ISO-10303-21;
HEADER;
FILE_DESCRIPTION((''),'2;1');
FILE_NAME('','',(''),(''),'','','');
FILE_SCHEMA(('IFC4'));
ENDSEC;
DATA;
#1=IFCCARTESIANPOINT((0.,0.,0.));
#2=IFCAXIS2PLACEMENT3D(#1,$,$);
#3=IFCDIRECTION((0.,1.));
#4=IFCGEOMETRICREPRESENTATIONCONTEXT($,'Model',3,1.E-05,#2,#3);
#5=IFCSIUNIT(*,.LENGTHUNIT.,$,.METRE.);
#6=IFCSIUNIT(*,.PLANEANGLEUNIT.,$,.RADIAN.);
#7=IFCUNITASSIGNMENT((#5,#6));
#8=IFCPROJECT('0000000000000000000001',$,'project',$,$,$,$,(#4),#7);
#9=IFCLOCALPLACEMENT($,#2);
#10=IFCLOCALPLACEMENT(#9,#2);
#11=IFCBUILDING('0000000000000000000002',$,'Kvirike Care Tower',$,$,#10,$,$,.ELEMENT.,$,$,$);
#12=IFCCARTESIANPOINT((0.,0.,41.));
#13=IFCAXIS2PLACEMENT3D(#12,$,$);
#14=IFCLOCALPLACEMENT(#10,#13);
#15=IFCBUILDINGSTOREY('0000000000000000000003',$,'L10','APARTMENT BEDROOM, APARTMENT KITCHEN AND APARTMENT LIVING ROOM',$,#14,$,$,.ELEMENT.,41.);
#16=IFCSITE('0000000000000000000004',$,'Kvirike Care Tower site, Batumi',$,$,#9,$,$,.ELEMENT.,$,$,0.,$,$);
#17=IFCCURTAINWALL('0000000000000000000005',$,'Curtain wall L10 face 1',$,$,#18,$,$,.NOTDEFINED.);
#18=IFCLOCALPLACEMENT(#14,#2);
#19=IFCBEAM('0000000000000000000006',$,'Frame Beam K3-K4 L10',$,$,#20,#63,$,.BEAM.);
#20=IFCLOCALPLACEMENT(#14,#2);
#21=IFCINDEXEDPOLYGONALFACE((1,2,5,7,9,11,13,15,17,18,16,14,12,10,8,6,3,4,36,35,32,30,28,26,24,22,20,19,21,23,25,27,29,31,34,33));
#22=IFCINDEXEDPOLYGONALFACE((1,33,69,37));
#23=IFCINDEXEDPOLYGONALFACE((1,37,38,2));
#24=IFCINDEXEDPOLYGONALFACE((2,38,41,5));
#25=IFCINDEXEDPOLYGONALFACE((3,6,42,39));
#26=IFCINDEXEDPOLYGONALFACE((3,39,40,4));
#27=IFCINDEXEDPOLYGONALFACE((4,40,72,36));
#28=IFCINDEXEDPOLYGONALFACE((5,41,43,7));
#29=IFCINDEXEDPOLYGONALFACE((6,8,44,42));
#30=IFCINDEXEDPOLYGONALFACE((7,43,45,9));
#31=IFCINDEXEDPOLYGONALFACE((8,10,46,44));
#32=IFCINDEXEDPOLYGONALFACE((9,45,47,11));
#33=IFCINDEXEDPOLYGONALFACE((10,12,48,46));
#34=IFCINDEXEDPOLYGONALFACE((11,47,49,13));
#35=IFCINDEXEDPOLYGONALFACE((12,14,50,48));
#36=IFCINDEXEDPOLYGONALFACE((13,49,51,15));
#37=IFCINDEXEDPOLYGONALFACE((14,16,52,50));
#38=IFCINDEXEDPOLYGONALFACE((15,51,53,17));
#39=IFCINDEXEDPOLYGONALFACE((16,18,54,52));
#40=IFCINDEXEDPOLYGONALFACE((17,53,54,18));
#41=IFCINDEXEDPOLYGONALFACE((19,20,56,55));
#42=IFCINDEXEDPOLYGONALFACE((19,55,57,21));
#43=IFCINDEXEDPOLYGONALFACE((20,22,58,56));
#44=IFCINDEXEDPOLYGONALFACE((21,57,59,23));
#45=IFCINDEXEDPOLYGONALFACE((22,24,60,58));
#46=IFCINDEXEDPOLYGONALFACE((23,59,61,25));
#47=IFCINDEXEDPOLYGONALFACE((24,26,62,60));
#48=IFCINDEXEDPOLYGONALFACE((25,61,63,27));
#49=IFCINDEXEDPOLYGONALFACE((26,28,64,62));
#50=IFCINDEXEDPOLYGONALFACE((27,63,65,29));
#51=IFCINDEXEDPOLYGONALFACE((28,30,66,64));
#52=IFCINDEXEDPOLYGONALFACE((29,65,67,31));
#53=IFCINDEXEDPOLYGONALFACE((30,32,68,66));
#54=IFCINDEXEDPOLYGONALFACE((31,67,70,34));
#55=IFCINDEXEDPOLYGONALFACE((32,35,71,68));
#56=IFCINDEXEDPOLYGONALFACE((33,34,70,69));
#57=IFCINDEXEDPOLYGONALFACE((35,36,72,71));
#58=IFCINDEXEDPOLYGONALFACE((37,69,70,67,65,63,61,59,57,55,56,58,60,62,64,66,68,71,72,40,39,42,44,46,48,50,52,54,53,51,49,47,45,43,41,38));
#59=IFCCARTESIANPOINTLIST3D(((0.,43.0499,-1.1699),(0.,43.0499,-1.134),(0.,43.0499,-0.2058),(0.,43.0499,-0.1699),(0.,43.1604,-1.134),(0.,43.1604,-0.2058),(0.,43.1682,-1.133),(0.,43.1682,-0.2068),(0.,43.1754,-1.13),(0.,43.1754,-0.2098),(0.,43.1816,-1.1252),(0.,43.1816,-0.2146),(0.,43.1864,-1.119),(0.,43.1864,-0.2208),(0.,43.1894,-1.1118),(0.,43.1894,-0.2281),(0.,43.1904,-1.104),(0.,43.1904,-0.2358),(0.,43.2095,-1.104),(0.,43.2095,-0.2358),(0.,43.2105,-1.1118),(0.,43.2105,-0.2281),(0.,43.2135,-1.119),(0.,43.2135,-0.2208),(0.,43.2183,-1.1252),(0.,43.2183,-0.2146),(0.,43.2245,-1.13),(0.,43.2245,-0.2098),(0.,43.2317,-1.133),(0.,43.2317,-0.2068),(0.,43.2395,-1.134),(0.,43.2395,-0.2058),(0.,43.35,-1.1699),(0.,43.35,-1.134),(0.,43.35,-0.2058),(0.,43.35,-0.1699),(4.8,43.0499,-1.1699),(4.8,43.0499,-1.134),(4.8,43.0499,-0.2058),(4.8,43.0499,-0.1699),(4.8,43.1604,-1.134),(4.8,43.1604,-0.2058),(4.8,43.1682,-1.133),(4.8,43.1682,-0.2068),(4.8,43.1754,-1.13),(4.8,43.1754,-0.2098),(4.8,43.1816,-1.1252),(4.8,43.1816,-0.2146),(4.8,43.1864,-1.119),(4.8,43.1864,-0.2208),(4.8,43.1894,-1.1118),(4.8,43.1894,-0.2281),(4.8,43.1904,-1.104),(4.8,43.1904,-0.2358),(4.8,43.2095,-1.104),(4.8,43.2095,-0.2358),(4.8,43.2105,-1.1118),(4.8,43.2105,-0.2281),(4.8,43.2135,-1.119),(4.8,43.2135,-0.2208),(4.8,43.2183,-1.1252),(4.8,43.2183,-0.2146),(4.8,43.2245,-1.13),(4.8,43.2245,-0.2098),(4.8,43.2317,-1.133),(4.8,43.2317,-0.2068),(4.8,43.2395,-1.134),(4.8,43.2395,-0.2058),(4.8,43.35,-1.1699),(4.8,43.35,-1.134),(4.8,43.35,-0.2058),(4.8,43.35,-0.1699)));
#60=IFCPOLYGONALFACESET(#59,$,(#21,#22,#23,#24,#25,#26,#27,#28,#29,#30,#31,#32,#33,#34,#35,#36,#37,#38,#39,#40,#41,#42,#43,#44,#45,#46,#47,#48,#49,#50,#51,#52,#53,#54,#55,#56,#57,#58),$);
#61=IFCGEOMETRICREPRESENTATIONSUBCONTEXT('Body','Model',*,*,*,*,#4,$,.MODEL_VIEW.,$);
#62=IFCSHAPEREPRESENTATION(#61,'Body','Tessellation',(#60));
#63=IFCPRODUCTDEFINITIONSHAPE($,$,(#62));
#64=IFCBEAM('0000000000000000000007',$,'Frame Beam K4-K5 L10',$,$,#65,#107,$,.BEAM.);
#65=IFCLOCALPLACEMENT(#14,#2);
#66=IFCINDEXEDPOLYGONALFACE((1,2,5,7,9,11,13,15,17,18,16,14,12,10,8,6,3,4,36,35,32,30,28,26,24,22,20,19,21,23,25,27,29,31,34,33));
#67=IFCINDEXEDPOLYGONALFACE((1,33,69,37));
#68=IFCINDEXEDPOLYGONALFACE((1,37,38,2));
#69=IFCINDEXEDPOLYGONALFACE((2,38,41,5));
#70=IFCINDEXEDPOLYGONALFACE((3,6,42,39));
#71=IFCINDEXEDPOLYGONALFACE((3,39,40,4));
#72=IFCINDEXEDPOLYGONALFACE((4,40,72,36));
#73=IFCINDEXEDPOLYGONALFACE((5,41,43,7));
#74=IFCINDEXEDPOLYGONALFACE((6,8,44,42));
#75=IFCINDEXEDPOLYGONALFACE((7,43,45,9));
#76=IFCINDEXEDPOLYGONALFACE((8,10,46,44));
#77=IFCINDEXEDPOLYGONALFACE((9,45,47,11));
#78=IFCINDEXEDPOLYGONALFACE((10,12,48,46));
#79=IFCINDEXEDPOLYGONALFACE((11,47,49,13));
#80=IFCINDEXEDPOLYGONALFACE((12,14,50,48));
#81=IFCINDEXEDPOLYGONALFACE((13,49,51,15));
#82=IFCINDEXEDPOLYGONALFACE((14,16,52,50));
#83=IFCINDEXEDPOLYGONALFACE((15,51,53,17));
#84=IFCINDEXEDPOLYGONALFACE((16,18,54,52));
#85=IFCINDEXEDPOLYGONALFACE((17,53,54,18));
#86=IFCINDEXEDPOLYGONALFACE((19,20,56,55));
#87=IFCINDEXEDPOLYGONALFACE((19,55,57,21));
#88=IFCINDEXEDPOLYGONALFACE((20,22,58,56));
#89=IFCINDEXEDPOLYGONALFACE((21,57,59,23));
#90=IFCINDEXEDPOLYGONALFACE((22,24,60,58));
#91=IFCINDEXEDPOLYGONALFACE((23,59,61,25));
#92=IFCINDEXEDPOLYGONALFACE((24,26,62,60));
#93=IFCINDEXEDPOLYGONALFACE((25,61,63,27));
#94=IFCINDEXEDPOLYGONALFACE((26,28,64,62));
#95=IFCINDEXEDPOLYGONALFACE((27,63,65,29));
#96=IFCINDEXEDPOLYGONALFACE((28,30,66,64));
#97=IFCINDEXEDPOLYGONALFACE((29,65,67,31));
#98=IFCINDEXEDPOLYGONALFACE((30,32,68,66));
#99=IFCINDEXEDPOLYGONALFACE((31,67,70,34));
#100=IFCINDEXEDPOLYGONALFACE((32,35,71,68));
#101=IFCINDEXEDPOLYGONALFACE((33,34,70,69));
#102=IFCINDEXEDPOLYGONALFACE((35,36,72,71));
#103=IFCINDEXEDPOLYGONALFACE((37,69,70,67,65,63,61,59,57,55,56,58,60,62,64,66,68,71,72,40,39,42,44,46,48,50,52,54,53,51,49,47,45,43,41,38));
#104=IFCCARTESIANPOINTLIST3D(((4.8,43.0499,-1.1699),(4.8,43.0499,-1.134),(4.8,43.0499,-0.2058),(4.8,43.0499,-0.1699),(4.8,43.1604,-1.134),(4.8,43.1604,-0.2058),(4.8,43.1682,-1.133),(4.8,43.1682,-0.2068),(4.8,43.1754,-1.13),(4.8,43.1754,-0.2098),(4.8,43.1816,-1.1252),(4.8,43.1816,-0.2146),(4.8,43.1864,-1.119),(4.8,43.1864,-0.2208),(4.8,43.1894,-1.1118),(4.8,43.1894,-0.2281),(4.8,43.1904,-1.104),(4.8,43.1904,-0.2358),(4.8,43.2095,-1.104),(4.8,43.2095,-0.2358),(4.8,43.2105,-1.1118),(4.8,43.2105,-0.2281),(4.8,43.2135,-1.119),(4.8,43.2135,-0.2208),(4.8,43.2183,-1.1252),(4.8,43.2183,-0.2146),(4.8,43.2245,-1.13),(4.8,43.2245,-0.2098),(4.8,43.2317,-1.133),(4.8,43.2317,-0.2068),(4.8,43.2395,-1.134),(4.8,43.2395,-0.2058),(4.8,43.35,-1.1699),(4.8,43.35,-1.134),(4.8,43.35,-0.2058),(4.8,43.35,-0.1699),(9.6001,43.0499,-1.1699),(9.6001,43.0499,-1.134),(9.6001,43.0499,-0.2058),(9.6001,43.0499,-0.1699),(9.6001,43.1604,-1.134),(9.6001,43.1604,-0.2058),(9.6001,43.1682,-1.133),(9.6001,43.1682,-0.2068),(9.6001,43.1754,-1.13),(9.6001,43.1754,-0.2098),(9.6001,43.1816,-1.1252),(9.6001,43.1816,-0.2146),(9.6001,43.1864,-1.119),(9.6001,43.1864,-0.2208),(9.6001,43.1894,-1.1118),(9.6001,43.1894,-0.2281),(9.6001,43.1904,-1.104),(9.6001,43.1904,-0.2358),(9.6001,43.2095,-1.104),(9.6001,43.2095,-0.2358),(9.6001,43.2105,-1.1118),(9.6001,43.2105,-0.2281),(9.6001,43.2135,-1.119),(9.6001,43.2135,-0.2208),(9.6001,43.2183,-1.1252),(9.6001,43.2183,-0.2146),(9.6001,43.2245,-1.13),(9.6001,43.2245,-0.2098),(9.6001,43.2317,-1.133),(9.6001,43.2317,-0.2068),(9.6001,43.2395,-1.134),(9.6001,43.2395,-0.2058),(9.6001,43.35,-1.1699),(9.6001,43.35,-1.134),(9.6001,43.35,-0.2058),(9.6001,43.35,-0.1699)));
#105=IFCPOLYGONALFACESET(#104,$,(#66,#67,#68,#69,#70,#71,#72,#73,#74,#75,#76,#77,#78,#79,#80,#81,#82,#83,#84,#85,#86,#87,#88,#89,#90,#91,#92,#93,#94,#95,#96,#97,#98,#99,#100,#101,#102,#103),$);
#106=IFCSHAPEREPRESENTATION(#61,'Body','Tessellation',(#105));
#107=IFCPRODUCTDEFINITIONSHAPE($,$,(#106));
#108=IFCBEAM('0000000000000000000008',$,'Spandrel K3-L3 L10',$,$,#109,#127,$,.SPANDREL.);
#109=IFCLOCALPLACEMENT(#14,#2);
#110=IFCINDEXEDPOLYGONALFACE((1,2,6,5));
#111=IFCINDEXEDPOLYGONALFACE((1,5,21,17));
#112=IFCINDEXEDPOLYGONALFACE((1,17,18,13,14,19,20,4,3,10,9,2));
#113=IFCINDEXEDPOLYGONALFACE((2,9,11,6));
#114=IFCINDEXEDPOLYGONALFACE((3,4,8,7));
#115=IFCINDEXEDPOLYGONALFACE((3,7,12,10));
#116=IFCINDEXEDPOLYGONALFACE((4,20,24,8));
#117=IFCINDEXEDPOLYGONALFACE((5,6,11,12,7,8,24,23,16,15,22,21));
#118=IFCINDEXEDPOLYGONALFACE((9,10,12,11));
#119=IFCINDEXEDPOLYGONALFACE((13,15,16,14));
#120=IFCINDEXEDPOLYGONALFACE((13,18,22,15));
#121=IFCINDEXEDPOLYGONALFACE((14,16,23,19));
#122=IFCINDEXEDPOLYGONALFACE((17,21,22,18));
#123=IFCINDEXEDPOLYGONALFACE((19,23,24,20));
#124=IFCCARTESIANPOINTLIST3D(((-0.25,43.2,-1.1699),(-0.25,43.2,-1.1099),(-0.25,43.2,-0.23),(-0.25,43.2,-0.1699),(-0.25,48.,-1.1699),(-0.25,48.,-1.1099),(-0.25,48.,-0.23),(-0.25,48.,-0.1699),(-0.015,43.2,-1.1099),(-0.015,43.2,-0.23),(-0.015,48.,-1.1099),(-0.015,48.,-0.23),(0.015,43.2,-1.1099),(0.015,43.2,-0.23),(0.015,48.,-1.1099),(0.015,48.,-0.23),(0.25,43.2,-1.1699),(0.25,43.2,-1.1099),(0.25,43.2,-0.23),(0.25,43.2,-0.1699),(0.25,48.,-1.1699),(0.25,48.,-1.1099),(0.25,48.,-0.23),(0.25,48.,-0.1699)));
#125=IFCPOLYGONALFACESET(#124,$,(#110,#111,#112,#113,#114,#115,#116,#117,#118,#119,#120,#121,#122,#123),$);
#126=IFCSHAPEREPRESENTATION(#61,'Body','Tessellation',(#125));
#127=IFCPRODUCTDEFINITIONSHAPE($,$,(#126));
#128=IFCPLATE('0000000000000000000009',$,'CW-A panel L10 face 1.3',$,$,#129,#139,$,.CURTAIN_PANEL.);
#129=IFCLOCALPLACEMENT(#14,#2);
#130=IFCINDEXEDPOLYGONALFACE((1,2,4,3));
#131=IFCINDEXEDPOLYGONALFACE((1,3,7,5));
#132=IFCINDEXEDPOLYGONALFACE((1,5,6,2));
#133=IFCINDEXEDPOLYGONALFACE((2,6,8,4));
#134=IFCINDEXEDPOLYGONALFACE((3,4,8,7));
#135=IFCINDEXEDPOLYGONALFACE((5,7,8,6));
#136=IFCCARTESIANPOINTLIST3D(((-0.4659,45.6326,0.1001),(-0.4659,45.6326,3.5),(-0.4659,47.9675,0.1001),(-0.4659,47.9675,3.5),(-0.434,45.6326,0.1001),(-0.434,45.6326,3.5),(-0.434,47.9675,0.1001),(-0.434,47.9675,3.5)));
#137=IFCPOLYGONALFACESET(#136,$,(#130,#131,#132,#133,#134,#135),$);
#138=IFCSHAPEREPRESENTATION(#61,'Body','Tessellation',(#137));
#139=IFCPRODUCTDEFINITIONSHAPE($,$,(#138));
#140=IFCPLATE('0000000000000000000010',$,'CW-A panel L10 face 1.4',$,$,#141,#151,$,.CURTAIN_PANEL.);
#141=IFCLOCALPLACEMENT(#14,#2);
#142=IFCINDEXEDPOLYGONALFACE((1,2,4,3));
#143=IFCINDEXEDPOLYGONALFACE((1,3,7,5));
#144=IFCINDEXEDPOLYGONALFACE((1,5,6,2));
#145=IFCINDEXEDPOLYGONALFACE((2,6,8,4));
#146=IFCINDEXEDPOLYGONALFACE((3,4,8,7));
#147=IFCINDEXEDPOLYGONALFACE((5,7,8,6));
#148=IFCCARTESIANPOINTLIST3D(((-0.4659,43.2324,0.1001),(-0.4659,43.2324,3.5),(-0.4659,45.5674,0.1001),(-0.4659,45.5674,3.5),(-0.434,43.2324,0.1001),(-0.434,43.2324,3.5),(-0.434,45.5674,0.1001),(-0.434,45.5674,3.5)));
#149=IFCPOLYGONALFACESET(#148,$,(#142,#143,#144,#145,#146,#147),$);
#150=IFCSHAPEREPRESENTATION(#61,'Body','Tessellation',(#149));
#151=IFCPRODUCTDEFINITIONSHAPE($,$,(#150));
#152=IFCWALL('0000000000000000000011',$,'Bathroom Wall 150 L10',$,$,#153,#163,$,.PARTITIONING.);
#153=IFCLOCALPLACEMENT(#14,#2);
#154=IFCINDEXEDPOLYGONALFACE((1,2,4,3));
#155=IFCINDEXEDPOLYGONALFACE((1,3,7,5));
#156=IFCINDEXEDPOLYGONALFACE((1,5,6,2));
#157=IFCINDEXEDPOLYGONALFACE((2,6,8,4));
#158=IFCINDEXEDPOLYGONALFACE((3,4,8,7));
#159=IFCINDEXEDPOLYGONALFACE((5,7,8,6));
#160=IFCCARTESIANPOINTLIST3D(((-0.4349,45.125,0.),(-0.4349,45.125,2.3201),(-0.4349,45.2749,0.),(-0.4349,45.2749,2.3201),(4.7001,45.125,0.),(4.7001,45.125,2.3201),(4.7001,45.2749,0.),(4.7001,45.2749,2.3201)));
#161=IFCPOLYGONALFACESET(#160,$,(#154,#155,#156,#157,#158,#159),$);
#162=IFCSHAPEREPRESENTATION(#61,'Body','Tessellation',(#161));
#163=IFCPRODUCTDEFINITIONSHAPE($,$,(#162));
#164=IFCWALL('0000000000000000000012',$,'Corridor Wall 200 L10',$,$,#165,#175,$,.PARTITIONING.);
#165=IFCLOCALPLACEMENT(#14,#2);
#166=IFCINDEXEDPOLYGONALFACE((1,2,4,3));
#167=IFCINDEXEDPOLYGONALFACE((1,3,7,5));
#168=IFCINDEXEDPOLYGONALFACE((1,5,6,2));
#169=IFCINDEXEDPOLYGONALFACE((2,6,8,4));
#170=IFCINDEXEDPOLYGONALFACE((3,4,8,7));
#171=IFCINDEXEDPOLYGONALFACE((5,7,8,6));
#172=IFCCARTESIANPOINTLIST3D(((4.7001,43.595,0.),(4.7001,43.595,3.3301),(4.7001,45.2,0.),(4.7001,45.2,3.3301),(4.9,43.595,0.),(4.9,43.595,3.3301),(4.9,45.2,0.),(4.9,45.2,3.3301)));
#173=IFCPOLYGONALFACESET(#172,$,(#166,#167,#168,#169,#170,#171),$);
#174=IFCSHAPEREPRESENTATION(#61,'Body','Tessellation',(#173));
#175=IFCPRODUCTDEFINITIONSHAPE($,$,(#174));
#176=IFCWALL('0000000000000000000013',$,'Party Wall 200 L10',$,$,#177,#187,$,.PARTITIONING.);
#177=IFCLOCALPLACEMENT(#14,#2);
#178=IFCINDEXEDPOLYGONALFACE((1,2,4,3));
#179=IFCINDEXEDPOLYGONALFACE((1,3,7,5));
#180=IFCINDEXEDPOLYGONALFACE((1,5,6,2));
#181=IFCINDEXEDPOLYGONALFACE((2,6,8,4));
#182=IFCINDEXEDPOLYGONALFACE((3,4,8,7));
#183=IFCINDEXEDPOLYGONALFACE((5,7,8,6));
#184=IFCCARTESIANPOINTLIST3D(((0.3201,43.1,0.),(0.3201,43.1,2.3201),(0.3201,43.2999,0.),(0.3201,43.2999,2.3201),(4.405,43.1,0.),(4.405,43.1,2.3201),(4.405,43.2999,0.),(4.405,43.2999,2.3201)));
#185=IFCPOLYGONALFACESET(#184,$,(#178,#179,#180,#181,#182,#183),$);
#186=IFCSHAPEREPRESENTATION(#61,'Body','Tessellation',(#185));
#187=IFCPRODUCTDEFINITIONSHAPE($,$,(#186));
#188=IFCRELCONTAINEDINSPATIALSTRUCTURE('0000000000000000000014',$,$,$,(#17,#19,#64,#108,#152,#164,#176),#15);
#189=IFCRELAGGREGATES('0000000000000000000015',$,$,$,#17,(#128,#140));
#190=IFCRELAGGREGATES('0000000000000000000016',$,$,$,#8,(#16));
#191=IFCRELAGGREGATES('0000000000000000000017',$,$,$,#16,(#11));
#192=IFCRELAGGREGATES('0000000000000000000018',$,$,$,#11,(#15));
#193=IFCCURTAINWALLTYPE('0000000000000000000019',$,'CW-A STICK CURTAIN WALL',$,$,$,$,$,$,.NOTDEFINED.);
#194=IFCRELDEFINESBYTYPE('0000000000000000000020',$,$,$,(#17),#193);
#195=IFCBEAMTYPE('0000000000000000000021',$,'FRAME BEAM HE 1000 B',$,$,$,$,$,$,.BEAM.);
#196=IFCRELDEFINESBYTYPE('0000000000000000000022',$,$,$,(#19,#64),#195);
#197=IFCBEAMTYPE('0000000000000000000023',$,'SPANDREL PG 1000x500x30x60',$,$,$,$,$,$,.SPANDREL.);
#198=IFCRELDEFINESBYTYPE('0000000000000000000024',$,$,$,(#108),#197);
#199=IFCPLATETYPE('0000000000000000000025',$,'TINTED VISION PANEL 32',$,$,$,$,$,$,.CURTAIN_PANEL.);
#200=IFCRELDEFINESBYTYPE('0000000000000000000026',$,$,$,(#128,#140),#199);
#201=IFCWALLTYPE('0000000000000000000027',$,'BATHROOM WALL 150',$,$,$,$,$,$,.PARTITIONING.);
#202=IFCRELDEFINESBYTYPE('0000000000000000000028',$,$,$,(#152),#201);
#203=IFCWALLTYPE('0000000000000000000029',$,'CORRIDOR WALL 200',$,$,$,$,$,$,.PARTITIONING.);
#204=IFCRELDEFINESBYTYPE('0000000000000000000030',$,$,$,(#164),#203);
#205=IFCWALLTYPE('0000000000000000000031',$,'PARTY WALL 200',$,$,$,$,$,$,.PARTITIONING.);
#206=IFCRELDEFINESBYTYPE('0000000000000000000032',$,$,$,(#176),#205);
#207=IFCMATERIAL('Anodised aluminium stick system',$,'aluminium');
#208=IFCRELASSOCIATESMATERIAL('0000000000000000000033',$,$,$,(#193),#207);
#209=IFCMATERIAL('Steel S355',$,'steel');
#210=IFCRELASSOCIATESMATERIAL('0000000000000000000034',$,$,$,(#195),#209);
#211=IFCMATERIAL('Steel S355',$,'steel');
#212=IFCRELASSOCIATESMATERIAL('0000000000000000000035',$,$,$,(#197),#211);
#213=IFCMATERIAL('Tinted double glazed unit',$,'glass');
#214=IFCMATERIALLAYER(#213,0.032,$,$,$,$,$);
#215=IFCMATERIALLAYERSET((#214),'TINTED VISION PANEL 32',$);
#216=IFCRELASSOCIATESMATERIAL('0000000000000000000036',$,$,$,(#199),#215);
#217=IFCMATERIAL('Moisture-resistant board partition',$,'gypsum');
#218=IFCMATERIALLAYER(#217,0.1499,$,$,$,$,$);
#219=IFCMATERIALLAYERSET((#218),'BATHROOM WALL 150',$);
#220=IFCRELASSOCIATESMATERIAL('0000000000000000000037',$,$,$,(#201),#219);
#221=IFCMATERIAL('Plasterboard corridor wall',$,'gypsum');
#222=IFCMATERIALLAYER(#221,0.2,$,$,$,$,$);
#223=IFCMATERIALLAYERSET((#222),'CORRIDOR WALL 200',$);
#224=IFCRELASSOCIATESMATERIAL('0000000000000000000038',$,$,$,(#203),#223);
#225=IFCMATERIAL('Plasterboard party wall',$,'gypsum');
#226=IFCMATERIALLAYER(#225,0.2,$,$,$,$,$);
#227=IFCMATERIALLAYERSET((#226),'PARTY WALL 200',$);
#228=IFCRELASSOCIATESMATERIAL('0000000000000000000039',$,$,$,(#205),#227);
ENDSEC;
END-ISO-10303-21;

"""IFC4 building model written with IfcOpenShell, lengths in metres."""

from ifc_helpers import new_model, si_unit, direction, frame, frame_2d, origin, origin_2d, place, context, subcontext, project, spatial, rectangle, i_section, extrude, material, layer, layer_set, material_profile, profile_set, type_object, element, aggregate, save


model = new_model("IFC4")

# Units and contexts
model_context = context("Model", 3, precision=1e-05, world=origin(), true_north=direction((0.0, 1.0)))
body_context = subcontext(model_context, "Body", "Model", "MODEL_VIEW")
ifc_project = project(units=[si_unit("LENGTHUNIT", "METRE"), si_unit("PLANEANGLEUNIT", "RADIAN")], contexts=[model_context])

# Site, building, storey
site_placement = place(None, origin())
site = spatial("IfcSite", under=ifc_project, at=site_placement, Name="Kvirike Care Tower site, Batumi", CompositionType="ELEMENT", RefElevation=0.0)
building_placement = place(site_placement, origin())
building = spatial("IfcBuilding", under=site, at=building_placement, Name="Kvirike Care Tower", CompositionType="ELEMENT")
storey_placement = place(building_placement, frame((0.0, 0.0, 41.0)))
storey = spatial("IfcBuildingStorey", under=building, at=storey_placement, Name="L10", Description="APARTMENT BEDROOM, APARTMENT KITCHEN AND APARTMENT LIVING ROOM", CompositionType="ELEMENT", Elevation=41.0)

# Curtain wall
ifc_material_1 = material(Name="Anodised aluminium stick system", Category="aluminium")
curtain_wall_type = type_object("IfcCurtainWallType", Name="CW-A STICK CURTAIN WALL", PredefinedType="NOTDEFINED", material=ifc_material_1)
curtain_wall_placement = place(storey_placement, origin())
curtain_wall = element("IfcCurtainWall", 1, at=curtain_wall_placement, inside=storey, type_object=curtain_wall_type, Name="Curtain wall L10 face 1", PredefinedType="NOTDEFINED")

# Beams
ifc_material_2 = material(Name="Steel S355", Category="steel")
ifc_material_profile_1 = material_profile(ifc_material_2, i_section(OverallWidth=0.3, OverallDepth=1.0, WebThickness=0.019, FlangeThickness=0.0359, FilletRadius=0.03, at=origin_2d()), Name="HE 1000 B")
ifc_profile_set_1 = profile_set([ifc_material_profile_1], Name="Steel S355")
beam_type_1 = type_object("IfcBeamType", Name="FRAME BEAM HE 1000 B", PredefinedType="BEAM", material=ifc_profile_set_1)
for number, where, z_axis, x_axis, name in (
    (2, (0.0, 43.2, -0.6699), (1.0, 0.0, 0.0), (0.0, 1.0, 0.0), "Frame Beam K3-K4 L10"),
    (3, (4.8, 43.2, -0.6699), (1.0, 0.0, 0.0), (0.0, 1.0, 0.0), "Frame Beam K4-K5 L10"),
):
    element("IfcBeam", number, at=place(storey_placement, frame(where, z_axis=z_axis, x_axis=x_axis)), inside=storey, type_object=beam_type_1, Name=name, PredefinedType="BEAM", context=body_context, shape_type="SweptSolid", body=[
        extrude(i_section(OverallWidth=0.3, OverallDepth=1.0, WebThickness=0.019, FlangeThickness=0.0359, FilletRadius=0.03, at=origin_2d()), origin(), (0.0, 0.0, 1.0), 4.8),
    ])
ifc_material_3 = material(Name="Steel S355", Category="steel")
ifc_material_profile_2 = material_profile(ifc_material_3, i_section(OverallWidth=0.5, OverallDepth=1.0, WebThickness=0.03, FlangeThickness=0.0601, at=origin_2d()), Name="PG 1000x500x30x60")
ifc_profile_set_2 = profile_set([ifc_material_profile_2], Name="Steel S355")
beam_type_2 = type_object("IfcBeamType", Name="SPANDREL PG 1000x500x30x60", PredefinedType="SPANDREL", material=ifc_profile_set_2)
beam_placement = place(storey_placement, frame((0.0, 43.2, -0.6699), z_axis=(0.0, 1.0, 0.0), x_axis=(-1.0, 0.0, 0.0)))
element("IfcBeam", 4, at=beam_placement, inside=storey, type_object=beam_type_2, Name="Spandrel K3-L3 L10", PredefinedType="SPANDREL", context=body_context, shape_type="SweptSolid", body=[
    extrude(i_section(OverallWidth=0.5, OverallDepth=1.0, WebThickness=0.03, FlangeThickness=0.0601, at=origin_2d()), origin(), (0.0, 0.0, 1.0), 4.8),
])

# Plates
ifc_material_4 = material(Name="Tinted double glazed unit", Category="glass")
ifc_layer_1 = layer(ifc_material_4, 0.032)
ifc_layer_set_1 = layer_set([ifc_layer_1], Name="TINTED VISION PANEL 32")
plate_type = type_object("IfcPlateType", Name="TINTED VISION PANEL 32", PredefinedType="CURTAIN_PANEL", material=ifc_layer_set_1)
plate_1_placement = place(storey_placement, frame((-0.45, 46.8, 0.1001), z_axis=(0.0, 0.0, 1.0), x_axis=(0.0, -1.0, 0.0)))
plate_1 = element("IfcPlate", 5, at=plate_1_placement, type_object=plate_type, Name="CW-A panel L10 face 1.3", PredefinedType="CURTAIN_PANEL", context=body_context, shape_type="SweptSolid", body=[
    extrude(rectangle(XDim=2.335, YDim=0.032, at=origin_2d()), origin(), (0.0, 0.0, 1.0), 3.3999),
])
plate_2_placement = place(storey_placement, frame((-0.45, 44.3999, 0.1001), z_axis=(0.0, 0.0, 1.0), x_axis=(0.0, -1.0, 0.0)))
plate_2 = element("IfcPlate", 6, at=plate_2_placement, type_object=plate_type, Name="CW-A panel L10 face 1.4", PredefinedType="CURTAIN_PANEL", context=body_context, shape_type="SweptSolid", body=[
    extrude(rectangle(XDim=2.335, YDim=0.032, at=origin_2d()), origin(), (0.0, 0.0, 1.0), 3.3999),
])
aggregate(curtain_wall, [plate_1, plate_2])

# Walls
ifc_material_5 = material(Name="Moisture-resistant board partition", Category="gypsum")
ifc_layer_2 = layer(ifc_material_5, 0.1499)
ifc_layer_set_2 = layer_set([ifc_layer_2], Name="BATHROOM WALL 150")
wall_type_1 = type_object("IfcWallType", Name="BATHROOM WALL 150", PredefinedType="PARTITIONING", material=ifc_layer_set_2)
wall_1_placement = place(storey_placement, frame((4.7, 45.2, 0.0), z_axis=(0.0, 0.0, 1.0), x_axis=(-1.0, 0.0, 0.0)))
element("IfcWall", 7, at=wall_1_placement, inside=storey, type_object=wall_type_1, Name="Bathroom Wall 150 L10", PredefinedType="PARTITIONING", context=body_context, shape_type="SweptSolid", body=[
    extrude(rectangle(XDim=5.135, YDim=0.1499, at=frame_2d((2.5674, 0.0))), origin(), (0.0, 0.0, 1.0), 2.3201),
])
ifc_material_6 = material(Name="Plasterboard corridor wall", Category="gypsum")
ifc_layer_3 = layer(ifc_material_6, 0.2)
ifc_layer_set_3 = layer_set([ifc_layer_3], Name="CORRIDOR WALL 200")
wall_type_2 = type_object("IfcWallType", Name="CORRIDOR WALL 200", PredefinedType="PARTITIONING", material=ifc_layer_set_3)
wall_2_placement = place(storey_placement, frame((4.8, 45.2, 0.0), z_axis=(0.0, 0.0, 1.0), x_axis=(0.0, -1.0, 0.0)))
element("IfcWall", 8, at=wall_2_placement, inside=storey, type_object=wall_type_2, Name="Corridor Wall 200 L10", PredefinedType="PARTITIONING", context=body_context, shape_type="SweptSolid", body=[
    extrude(rectangle(XDim=1.605, YDim=0.2, at=frame_2d((0.8025, 0.0))), origin(), (0.0, 0.0, 1.0), 3.3301),
])
ifc_material_7 = material(Name="Plasterboard party wall", Category="gypsum")
ifc_layer_4 = layer(ifc_material_7, 0.2)
ifc_layer_set_4 = layer_set([ifc_layer_4], Name="PARTY WALL 200")
wall_type_3 = type_object("IfcWallType", Name="PARTY WALL 200", PredefinedType="PARTITIONING", material=ifc_layer_set_4)
wall_3_placement = place(storey_placement, frame((4.405, 43.2, 0.0), z_axis=(0.0, 0.0, 1.0), x_axis=(-1.0, 0.0, 0.0)))
element("IfcWall", 9, at=wall_3_placement, inside=storey, type_object=wall_type_3, Name="Party Wall 200 L10", PredefinedType="PARTITIONING", context=body_context, shape_type="SweptSolid", body=[
    extrude(rectangle(XDim=4.085, YDim=0.2, at=frame_2d((2.0425, 0.0))), origin(), (0.0, 0.0, 1.0), 2.3201),
])

save(model, "model.ifc")
